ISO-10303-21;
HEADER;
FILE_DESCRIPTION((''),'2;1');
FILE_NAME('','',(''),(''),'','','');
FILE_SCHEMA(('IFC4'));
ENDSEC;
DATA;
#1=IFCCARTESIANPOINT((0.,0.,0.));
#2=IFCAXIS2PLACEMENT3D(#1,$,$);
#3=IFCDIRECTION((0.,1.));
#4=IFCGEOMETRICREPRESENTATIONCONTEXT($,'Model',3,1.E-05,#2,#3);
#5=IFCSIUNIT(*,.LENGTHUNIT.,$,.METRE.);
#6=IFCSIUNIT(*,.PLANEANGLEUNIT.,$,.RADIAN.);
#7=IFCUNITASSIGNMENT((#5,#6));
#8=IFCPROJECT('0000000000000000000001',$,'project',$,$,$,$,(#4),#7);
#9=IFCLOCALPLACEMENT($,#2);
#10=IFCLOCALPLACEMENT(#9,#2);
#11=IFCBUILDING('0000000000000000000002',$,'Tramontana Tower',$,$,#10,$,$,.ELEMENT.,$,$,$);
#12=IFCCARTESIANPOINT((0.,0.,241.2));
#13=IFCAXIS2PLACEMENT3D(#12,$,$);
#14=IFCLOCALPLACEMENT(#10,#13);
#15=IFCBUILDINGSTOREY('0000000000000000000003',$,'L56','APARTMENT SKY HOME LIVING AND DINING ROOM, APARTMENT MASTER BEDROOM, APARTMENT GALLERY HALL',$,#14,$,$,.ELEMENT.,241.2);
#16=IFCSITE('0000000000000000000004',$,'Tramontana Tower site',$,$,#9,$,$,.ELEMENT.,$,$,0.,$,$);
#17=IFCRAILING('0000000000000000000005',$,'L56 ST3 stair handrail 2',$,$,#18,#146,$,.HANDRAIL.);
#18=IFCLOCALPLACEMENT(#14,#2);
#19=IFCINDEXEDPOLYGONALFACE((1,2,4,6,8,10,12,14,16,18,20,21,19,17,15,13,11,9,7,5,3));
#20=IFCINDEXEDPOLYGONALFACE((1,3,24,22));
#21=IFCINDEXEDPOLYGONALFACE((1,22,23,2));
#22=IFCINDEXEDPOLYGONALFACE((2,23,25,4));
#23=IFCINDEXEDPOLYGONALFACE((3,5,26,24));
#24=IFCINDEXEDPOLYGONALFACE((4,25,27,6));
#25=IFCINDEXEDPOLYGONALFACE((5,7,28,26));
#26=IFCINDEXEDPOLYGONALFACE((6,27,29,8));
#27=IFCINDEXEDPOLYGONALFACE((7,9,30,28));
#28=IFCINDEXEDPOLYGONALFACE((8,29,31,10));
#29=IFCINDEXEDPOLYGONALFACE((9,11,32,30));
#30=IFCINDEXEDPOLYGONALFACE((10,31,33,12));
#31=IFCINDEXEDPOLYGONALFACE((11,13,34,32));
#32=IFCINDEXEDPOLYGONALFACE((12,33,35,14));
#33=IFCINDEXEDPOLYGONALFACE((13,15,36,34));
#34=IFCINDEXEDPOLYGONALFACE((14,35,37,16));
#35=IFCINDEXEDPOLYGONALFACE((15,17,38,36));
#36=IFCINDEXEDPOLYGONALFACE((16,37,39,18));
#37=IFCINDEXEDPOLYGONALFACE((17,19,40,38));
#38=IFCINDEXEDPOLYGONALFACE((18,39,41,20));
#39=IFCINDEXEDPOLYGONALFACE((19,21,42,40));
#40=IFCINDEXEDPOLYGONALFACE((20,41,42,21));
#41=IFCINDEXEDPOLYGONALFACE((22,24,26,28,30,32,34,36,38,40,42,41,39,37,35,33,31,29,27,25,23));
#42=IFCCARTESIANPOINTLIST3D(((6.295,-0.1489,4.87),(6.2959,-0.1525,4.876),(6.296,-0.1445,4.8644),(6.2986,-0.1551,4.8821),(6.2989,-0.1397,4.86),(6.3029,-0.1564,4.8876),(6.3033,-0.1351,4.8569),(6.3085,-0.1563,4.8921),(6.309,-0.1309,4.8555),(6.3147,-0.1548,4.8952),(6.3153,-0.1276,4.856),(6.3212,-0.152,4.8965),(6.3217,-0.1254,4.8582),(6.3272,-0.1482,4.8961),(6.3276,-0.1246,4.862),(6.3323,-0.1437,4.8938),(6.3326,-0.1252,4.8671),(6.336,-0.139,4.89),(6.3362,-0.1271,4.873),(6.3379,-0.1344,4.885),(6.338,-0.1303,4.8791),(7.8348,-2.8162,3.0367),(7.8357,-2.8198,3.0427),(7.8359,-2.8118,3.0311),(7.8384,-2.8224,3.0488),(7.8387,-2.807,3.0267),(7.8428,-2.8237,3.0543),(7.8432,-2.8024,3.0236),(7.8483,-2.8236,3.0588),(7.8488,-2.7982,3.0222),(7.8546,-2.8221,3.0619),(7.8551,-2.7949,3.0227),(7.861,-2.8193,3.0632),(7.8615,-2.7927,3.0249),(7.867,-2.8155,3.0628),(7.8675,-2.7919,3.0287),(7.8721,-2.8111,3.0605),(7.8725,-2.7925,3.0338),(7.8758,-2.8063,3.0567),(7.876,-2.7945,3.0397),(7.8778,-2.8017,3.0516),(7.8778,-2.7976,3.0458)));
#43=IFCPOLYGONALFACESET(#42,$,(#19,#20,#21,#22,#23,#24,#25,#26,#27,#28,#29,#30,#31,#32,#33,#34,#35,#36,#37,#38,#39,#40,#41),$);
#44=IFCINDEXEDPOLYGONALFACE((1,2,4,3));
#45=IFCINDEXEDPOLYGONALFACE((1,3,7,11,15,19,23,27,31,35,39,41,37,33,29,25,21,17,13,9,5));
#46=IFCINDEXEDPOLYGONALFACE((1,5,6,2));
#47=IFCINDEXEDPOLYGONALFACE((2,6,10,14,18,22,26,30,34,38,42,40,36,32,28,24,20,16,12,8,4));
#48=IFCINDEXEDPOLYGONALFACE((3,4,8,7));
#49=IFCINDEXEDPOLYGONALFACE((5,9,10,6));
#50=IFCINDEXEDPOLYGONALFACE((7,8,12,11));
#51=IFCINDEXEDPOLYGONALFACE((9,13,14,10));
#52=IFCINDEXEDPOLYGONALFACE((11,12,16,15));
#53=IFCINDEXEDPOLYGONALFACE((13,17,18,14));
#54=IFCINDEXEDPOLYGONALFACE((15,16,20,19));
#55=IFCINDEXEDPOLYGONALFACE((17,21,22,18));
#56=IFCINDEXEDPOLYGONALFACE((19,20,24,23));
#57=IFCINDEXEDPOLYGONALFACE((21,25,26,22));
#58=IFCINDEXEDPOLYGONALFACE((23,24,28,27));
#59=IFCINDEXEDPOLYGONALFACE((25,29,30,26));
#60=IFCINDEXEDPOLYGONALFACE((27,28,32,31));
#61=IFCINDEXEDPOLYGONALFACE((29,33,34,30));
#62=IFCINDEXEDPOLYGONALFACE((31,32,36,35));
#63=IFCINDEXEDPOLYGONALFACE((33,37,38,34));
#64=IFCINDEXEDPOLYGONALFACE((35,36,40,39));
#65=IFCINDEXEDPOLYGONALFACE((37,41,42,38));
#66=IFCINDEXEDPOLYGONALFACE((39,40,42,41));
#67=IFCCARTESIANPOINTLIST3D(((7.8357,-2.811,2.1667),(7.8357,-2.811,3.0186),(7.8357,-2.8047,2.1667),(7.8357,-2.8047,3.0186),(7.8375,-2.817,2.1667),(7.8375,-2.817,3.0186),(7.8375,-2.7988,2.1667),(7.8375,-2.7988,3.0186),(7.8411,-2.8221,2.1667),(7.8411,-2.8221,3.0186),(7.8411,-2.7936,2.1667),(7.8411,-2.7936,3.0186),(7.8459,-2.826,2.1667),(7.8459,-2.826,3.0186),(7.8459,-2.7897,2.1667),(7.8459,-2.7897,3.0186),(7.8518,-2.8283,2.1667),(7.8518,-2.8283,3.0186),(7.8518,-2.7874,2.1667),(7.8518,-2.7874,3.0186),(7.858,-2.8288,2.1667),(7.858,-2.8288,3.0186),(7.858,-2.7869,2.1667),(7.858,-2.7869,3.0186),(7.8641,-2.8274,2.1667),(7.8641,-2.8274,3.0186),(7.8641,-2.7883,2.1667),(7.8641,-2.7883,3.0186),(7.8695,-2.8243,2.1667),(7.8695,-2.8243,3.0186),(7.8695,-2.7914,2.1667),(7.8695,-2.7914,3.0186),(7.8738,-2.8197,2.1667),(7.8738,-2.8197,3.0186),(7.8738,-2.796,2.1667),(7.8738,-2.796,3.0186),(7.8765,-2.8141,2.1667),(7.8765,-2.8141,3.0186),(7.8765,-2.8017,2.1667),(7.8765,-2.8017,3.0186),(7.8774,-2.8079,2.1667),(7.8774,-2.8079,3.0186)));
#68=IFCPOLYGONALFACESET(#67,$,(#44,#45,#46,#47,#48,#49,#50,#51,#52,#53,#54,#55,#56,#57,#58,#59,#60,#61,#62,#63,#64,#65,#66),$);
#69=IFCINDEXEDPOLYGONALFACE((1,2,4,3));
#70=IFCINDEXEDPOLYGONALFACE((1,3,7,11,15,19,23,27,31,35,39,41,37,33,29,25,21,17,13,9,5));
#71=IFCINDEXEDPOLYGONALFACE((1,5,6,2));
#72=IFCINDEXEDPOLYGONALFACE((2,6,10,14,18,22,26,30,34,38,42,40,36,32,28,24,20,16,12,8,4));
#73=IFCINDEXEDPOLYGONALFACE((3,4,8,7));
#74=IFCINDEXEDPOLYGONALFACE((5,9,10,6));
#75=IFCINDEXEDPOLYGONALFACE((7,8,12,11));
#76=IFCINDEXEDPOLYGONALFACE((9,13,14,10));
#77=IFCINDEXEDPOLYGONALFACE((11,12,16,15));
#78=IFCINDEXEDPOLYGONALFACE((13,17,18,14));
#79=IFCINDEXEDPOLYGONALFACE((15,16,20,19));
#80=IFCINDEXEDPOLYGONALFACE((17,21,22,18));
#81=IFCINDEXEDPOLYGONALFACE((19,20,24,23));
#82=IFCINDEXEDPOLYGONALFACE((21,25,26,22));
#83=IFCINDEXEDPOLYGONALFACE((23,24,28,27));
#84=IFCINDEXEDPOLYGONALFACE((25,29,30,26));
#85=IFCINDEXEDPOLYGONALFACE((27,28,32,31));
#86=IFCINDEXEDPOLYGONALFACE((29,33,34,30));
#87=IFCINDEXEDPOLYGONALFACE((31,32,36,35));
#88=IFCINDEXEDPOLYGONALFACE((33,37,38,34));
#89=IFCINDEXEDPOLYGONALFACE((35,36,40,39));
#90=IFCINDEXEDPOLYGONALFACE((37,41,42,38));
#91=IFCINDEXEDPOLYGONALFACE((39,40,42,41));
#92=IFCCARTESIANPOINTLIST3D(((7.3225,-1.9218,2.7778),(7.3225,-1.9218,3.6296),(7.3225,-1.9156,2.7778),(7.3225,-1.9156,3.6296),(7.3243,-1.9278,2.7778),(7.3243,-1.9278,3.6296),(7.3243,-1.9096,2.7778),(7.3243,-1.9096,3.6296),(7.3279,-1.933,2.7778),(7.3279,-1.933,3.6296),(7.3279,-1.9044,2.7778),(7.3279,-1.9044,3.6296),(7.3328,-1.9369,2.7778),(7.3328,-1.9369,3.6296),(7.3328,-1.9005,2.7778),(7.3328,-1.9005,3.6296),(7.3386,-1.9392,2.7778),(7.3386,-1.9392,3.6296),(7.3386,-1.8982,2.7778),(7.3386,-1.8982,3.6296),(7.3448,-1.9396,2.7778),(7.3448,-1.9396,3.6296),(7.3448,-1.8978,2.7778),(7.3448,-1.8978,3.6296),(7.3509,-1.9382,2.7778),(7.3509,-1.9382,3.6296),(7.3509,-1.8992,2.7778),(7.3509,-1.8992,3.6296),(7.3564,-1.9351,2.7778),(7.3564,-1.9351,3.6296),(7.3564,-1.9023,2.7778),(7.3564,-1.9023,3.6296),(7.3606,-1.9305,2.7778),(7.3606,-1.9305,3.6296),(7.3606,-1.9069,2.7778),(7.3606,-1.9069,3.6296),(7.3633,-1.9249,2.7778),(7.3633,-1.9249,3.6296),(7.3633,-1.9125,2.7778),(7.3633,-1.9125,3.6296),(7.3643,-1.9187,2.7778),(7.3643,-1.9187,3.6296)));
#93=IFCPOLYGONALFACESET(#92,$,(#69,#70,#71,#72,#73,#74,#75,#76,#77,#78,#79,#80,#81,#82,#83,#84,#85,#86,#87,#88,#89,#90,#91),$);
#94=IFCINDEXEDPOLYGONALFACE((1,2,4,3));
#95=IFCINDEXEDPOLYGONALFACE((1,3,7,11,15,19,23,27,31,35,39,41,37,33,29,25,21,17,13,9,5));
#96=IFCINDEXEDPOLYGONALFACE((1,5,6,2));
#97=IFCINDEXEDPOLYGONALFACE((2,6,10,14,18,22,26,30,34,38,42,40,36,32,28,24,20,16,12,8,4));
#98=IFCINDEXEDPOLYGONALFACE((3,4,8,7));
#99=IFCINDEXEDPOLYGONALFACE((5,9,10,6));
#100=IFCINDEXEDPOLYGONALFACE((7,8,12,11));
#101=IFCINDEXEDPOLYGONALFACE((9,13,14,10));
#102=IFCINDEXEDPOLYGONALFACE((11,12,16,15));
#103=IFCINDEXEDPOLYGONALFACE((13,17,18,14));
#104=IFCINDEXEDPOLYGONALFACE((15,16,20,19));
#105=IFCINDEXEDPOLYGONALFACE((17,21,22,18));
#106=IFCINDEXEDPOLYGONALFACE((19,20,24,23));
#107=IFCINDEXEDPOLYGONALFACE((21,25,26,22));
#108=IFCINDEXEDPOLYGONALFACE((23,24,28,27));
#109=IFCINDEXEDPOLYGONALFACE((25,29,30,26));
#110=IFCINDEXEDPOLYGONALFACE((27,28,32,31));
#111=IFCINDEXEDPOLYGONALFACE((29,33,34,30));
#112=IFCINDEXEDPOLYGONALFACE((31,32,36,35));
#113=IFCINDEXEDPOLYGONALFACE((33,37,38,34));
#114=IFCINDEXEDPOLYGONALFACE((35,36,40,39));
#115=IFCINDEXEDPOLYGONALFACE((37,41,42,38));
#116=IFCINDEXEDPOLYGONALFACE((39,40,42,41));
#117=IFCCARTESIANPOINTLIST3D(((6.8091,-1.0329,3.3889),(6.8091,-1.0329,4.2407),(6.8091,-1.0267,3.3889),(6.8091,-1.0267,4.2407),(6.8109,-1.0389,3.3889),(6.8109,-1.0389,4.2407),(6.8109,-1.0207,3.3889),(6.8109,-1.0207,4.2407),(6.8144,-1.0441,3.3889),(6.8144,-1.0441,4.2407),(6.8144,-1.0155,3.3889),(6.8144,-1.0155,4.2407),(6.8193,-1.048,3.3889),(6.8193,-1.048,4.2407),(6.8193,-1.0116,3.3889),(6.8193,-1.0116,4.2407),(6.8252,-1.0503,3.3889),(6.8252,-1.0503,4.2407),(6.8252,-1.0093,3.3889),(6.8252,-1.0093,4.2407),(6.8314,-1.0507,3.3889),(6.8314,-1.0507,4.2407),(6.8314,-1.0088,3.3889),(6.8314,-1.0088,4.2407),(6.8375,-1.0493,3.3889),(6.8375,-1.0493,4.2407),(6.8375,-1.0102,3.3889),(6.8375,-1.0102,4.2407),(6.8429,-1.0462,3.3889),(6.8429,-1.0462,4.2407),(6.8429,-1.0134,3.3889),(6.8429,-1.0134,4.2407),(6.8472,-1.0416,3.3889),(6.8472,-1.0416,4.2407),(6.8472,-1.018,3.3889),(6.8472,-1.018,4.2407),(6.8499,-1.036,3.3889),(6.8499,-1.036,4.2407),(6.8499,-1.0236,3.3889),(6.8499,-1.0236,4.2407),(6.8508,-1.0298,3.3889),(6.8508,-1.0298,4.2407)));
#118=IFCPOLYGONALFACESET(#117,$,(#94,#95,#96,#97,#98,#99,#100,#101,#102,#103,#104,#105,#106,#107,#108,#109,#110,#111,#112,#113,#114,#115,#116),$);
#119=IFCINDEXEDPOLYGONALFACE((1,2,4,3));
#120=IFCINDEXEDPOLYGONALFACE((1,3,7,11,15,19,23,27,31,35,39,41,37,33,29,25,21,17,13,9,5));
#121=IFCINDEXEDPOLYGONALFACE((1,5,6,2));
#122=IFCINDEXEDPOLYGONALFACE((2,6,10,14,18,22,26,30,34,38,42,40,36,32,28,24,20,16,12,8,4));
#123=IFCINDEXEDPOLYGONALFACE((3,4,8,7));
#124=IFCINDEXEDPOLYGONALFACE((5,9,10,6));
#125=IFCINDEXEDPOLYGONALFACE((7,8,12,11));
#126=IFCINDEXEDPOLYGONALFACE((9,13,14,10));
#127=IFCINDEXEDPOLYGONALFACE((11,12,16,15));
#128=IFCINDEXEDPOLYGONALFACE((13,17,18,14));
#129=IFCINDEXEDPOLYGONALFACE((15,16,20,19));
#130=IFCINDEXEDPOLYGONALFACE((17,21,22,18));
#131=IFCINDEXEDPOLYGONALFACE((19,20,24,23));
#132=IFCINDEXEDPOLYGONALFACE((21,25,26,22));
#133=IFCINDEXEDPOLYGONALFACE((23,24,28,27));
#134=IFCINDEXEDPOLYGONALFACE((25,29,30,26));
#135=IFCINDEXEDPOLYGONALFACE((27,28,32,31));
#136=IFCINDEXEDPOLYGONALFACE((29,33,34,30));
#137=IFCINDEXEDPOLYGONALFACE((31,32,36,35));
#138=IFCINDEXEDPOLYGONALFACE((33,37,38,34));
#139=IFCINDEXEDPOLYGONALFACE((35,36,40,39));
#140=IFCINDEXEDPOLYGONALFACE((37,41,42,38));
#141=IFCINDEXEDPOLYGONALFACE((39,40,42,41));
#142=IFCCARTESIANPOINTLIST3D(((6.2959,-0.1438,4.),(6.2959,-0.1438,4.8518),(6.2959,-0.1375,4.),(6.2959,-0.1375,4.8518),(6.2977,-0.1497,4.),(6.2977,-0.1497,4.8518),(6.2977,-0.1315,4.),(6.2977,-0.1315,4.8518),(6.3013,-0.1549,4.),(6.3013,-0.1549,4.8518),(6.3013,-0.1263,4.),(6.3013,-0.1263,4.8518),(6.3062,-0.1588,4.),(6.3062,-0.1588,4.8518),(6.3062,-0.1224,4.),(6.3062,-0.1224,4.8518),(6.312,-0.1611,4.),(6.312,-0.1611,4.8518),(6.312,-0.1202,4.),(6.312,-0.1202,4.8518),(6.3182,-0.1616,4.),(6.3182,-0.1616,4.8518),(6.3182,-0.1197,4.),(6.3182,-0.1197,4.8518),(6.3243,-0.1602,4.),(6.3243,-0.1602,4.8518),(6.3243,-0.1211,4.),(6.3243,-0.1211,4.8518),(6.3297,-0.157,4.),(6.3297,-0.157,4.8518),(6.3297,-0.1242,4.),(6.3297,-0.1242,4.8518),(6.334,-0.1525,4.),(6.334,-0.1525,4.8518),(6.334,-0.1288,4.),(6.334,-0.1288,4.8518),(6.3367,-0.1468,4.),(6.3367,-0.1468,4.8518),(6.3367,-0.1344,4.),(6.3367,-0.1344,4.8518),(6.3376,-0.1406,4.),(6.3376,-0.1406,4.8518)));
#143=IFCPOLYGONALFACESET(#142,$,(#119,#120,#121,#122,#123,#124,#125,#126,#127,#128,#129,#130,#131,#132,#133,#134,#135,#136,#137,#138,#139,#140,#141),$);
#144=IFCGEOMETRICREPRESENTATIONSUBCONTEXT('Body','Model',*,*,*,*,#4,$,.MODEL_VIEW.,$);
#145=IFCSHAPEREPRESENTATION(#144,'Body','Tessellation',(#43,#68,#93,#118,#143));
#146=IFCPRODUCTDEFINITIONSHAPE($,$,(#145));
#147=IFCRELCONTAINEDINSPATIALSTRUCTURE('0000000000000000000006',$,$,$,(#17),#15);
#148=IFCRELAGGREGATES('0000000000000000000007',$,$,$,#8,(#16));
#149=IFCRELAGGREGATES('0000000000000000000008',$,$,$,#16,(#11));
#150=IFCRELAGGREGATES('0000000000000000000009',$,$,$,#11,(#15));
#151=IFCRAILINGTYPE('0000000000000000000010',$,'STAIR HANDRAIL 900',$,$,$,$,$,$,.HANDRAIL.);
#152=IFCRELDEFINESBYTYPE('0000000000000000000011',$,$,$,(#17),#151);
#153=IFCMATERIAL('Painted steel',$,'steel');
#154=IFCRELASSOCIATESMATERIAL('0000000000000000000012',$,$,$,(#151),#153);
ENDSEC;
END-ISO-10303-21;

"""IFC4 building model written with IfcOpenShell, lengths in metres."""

from ifc_helpers import new_model, si_unit, direction, frame, origin, origin_2d, place, context, subcontext, project, spatial, circle, extrude, material, type_object, element, save


model = new_model("IFC4")

# Units and contexts
model_context = context("Model", 3, precision=1e-05, world=origin(), true_north=direction((0.0, 1.0)))
body_context = subcontext(model_context, "Body", "Model", "MODEL_VIEW")
ifc_project = project(units=[si_unit("LENGTHUNIT", "METRE"), si_unit("PLANEANGLEUNIT", "RADIAN")], contexts=[model_context])

# Site, building, storey
site_placement = place(None, origin())
site = spatial("IfcSite", under=ifc_project, at=site_placement, Name="Tramontana Tower site", CompositionType="ELEMENT", RefElevation=0.0)
building_placement = place(site_placement, origin())
building = spatial("IfcBuilding", under=site, at=building_placement, Name="Tramontana Tower", CompositionType="ELEMENT")
storey_placement = place(building_placement, frame((0.0, 0.0, 241.2)))
storey = spatial("IfcBuildingStorey", under=building, at=storey_placement, Name="L56", Description="APARTMENT SKY HOME LIVING AND DINING ROOM, APARTMENT MASTER BEDROOM, APARTMENT GALLERY HALL", CompositionType="ELEMENT", Elevation=241.2)

# Railing
ifc_material_1 = material(Name="Painted steel", Category="steel")
railing_type_1 = type_object("IfcRailingType", Name="STAIR HANDRAIL 900", PredefinedType="HANDRAIL", material=ifc_material_1)
railing_1_placement = place(storey_placement, frame((7.8564, -2.8079, 2.1667)))
element("IfcRailing", 1, at=railing_1_placement, inside=storey, type_object=railing_type_1, Name="L56 ST3 stair handrail 2", PredefinedType="HANDRAIL", context=body_context, shape_type="SweptSolid", body=[
    extrude(circle(Radius=0.0239, at=origin_2d()), frame((0.0, 0.0, 0.876), z_axis=(-0.429616, 0.744181, 0.511493), x_axis=(-0.866044, -0.499967, 0.0)), (0.0, 0.0, 1.0), 3.5842),
    extrude(circle(Radius=0.021, at=origin_2d()), origin(), (0.0, 0.0, 1.0), 0.8518),
    extrude(circle(Radius=0.021, at=origin_2d()), frame((-0.5132, 0.8892, 0.6111)), (0.0, 0.0, 1.0), 0.8518),
    extrude(circle(Radius=0.021, at=origin_2d()), frame((-1.0266, 1.7781, 1.2222)), (0.0, 0.0, 1.0), 0.8518),
    extrude(circle(Radius=0.021, at=origin_2d()), frame((-1.5398, 2.6672, 1.8333)), (0.0, 0.0, 1.0), 0.8518),
])

save(model, "model.ifc")
